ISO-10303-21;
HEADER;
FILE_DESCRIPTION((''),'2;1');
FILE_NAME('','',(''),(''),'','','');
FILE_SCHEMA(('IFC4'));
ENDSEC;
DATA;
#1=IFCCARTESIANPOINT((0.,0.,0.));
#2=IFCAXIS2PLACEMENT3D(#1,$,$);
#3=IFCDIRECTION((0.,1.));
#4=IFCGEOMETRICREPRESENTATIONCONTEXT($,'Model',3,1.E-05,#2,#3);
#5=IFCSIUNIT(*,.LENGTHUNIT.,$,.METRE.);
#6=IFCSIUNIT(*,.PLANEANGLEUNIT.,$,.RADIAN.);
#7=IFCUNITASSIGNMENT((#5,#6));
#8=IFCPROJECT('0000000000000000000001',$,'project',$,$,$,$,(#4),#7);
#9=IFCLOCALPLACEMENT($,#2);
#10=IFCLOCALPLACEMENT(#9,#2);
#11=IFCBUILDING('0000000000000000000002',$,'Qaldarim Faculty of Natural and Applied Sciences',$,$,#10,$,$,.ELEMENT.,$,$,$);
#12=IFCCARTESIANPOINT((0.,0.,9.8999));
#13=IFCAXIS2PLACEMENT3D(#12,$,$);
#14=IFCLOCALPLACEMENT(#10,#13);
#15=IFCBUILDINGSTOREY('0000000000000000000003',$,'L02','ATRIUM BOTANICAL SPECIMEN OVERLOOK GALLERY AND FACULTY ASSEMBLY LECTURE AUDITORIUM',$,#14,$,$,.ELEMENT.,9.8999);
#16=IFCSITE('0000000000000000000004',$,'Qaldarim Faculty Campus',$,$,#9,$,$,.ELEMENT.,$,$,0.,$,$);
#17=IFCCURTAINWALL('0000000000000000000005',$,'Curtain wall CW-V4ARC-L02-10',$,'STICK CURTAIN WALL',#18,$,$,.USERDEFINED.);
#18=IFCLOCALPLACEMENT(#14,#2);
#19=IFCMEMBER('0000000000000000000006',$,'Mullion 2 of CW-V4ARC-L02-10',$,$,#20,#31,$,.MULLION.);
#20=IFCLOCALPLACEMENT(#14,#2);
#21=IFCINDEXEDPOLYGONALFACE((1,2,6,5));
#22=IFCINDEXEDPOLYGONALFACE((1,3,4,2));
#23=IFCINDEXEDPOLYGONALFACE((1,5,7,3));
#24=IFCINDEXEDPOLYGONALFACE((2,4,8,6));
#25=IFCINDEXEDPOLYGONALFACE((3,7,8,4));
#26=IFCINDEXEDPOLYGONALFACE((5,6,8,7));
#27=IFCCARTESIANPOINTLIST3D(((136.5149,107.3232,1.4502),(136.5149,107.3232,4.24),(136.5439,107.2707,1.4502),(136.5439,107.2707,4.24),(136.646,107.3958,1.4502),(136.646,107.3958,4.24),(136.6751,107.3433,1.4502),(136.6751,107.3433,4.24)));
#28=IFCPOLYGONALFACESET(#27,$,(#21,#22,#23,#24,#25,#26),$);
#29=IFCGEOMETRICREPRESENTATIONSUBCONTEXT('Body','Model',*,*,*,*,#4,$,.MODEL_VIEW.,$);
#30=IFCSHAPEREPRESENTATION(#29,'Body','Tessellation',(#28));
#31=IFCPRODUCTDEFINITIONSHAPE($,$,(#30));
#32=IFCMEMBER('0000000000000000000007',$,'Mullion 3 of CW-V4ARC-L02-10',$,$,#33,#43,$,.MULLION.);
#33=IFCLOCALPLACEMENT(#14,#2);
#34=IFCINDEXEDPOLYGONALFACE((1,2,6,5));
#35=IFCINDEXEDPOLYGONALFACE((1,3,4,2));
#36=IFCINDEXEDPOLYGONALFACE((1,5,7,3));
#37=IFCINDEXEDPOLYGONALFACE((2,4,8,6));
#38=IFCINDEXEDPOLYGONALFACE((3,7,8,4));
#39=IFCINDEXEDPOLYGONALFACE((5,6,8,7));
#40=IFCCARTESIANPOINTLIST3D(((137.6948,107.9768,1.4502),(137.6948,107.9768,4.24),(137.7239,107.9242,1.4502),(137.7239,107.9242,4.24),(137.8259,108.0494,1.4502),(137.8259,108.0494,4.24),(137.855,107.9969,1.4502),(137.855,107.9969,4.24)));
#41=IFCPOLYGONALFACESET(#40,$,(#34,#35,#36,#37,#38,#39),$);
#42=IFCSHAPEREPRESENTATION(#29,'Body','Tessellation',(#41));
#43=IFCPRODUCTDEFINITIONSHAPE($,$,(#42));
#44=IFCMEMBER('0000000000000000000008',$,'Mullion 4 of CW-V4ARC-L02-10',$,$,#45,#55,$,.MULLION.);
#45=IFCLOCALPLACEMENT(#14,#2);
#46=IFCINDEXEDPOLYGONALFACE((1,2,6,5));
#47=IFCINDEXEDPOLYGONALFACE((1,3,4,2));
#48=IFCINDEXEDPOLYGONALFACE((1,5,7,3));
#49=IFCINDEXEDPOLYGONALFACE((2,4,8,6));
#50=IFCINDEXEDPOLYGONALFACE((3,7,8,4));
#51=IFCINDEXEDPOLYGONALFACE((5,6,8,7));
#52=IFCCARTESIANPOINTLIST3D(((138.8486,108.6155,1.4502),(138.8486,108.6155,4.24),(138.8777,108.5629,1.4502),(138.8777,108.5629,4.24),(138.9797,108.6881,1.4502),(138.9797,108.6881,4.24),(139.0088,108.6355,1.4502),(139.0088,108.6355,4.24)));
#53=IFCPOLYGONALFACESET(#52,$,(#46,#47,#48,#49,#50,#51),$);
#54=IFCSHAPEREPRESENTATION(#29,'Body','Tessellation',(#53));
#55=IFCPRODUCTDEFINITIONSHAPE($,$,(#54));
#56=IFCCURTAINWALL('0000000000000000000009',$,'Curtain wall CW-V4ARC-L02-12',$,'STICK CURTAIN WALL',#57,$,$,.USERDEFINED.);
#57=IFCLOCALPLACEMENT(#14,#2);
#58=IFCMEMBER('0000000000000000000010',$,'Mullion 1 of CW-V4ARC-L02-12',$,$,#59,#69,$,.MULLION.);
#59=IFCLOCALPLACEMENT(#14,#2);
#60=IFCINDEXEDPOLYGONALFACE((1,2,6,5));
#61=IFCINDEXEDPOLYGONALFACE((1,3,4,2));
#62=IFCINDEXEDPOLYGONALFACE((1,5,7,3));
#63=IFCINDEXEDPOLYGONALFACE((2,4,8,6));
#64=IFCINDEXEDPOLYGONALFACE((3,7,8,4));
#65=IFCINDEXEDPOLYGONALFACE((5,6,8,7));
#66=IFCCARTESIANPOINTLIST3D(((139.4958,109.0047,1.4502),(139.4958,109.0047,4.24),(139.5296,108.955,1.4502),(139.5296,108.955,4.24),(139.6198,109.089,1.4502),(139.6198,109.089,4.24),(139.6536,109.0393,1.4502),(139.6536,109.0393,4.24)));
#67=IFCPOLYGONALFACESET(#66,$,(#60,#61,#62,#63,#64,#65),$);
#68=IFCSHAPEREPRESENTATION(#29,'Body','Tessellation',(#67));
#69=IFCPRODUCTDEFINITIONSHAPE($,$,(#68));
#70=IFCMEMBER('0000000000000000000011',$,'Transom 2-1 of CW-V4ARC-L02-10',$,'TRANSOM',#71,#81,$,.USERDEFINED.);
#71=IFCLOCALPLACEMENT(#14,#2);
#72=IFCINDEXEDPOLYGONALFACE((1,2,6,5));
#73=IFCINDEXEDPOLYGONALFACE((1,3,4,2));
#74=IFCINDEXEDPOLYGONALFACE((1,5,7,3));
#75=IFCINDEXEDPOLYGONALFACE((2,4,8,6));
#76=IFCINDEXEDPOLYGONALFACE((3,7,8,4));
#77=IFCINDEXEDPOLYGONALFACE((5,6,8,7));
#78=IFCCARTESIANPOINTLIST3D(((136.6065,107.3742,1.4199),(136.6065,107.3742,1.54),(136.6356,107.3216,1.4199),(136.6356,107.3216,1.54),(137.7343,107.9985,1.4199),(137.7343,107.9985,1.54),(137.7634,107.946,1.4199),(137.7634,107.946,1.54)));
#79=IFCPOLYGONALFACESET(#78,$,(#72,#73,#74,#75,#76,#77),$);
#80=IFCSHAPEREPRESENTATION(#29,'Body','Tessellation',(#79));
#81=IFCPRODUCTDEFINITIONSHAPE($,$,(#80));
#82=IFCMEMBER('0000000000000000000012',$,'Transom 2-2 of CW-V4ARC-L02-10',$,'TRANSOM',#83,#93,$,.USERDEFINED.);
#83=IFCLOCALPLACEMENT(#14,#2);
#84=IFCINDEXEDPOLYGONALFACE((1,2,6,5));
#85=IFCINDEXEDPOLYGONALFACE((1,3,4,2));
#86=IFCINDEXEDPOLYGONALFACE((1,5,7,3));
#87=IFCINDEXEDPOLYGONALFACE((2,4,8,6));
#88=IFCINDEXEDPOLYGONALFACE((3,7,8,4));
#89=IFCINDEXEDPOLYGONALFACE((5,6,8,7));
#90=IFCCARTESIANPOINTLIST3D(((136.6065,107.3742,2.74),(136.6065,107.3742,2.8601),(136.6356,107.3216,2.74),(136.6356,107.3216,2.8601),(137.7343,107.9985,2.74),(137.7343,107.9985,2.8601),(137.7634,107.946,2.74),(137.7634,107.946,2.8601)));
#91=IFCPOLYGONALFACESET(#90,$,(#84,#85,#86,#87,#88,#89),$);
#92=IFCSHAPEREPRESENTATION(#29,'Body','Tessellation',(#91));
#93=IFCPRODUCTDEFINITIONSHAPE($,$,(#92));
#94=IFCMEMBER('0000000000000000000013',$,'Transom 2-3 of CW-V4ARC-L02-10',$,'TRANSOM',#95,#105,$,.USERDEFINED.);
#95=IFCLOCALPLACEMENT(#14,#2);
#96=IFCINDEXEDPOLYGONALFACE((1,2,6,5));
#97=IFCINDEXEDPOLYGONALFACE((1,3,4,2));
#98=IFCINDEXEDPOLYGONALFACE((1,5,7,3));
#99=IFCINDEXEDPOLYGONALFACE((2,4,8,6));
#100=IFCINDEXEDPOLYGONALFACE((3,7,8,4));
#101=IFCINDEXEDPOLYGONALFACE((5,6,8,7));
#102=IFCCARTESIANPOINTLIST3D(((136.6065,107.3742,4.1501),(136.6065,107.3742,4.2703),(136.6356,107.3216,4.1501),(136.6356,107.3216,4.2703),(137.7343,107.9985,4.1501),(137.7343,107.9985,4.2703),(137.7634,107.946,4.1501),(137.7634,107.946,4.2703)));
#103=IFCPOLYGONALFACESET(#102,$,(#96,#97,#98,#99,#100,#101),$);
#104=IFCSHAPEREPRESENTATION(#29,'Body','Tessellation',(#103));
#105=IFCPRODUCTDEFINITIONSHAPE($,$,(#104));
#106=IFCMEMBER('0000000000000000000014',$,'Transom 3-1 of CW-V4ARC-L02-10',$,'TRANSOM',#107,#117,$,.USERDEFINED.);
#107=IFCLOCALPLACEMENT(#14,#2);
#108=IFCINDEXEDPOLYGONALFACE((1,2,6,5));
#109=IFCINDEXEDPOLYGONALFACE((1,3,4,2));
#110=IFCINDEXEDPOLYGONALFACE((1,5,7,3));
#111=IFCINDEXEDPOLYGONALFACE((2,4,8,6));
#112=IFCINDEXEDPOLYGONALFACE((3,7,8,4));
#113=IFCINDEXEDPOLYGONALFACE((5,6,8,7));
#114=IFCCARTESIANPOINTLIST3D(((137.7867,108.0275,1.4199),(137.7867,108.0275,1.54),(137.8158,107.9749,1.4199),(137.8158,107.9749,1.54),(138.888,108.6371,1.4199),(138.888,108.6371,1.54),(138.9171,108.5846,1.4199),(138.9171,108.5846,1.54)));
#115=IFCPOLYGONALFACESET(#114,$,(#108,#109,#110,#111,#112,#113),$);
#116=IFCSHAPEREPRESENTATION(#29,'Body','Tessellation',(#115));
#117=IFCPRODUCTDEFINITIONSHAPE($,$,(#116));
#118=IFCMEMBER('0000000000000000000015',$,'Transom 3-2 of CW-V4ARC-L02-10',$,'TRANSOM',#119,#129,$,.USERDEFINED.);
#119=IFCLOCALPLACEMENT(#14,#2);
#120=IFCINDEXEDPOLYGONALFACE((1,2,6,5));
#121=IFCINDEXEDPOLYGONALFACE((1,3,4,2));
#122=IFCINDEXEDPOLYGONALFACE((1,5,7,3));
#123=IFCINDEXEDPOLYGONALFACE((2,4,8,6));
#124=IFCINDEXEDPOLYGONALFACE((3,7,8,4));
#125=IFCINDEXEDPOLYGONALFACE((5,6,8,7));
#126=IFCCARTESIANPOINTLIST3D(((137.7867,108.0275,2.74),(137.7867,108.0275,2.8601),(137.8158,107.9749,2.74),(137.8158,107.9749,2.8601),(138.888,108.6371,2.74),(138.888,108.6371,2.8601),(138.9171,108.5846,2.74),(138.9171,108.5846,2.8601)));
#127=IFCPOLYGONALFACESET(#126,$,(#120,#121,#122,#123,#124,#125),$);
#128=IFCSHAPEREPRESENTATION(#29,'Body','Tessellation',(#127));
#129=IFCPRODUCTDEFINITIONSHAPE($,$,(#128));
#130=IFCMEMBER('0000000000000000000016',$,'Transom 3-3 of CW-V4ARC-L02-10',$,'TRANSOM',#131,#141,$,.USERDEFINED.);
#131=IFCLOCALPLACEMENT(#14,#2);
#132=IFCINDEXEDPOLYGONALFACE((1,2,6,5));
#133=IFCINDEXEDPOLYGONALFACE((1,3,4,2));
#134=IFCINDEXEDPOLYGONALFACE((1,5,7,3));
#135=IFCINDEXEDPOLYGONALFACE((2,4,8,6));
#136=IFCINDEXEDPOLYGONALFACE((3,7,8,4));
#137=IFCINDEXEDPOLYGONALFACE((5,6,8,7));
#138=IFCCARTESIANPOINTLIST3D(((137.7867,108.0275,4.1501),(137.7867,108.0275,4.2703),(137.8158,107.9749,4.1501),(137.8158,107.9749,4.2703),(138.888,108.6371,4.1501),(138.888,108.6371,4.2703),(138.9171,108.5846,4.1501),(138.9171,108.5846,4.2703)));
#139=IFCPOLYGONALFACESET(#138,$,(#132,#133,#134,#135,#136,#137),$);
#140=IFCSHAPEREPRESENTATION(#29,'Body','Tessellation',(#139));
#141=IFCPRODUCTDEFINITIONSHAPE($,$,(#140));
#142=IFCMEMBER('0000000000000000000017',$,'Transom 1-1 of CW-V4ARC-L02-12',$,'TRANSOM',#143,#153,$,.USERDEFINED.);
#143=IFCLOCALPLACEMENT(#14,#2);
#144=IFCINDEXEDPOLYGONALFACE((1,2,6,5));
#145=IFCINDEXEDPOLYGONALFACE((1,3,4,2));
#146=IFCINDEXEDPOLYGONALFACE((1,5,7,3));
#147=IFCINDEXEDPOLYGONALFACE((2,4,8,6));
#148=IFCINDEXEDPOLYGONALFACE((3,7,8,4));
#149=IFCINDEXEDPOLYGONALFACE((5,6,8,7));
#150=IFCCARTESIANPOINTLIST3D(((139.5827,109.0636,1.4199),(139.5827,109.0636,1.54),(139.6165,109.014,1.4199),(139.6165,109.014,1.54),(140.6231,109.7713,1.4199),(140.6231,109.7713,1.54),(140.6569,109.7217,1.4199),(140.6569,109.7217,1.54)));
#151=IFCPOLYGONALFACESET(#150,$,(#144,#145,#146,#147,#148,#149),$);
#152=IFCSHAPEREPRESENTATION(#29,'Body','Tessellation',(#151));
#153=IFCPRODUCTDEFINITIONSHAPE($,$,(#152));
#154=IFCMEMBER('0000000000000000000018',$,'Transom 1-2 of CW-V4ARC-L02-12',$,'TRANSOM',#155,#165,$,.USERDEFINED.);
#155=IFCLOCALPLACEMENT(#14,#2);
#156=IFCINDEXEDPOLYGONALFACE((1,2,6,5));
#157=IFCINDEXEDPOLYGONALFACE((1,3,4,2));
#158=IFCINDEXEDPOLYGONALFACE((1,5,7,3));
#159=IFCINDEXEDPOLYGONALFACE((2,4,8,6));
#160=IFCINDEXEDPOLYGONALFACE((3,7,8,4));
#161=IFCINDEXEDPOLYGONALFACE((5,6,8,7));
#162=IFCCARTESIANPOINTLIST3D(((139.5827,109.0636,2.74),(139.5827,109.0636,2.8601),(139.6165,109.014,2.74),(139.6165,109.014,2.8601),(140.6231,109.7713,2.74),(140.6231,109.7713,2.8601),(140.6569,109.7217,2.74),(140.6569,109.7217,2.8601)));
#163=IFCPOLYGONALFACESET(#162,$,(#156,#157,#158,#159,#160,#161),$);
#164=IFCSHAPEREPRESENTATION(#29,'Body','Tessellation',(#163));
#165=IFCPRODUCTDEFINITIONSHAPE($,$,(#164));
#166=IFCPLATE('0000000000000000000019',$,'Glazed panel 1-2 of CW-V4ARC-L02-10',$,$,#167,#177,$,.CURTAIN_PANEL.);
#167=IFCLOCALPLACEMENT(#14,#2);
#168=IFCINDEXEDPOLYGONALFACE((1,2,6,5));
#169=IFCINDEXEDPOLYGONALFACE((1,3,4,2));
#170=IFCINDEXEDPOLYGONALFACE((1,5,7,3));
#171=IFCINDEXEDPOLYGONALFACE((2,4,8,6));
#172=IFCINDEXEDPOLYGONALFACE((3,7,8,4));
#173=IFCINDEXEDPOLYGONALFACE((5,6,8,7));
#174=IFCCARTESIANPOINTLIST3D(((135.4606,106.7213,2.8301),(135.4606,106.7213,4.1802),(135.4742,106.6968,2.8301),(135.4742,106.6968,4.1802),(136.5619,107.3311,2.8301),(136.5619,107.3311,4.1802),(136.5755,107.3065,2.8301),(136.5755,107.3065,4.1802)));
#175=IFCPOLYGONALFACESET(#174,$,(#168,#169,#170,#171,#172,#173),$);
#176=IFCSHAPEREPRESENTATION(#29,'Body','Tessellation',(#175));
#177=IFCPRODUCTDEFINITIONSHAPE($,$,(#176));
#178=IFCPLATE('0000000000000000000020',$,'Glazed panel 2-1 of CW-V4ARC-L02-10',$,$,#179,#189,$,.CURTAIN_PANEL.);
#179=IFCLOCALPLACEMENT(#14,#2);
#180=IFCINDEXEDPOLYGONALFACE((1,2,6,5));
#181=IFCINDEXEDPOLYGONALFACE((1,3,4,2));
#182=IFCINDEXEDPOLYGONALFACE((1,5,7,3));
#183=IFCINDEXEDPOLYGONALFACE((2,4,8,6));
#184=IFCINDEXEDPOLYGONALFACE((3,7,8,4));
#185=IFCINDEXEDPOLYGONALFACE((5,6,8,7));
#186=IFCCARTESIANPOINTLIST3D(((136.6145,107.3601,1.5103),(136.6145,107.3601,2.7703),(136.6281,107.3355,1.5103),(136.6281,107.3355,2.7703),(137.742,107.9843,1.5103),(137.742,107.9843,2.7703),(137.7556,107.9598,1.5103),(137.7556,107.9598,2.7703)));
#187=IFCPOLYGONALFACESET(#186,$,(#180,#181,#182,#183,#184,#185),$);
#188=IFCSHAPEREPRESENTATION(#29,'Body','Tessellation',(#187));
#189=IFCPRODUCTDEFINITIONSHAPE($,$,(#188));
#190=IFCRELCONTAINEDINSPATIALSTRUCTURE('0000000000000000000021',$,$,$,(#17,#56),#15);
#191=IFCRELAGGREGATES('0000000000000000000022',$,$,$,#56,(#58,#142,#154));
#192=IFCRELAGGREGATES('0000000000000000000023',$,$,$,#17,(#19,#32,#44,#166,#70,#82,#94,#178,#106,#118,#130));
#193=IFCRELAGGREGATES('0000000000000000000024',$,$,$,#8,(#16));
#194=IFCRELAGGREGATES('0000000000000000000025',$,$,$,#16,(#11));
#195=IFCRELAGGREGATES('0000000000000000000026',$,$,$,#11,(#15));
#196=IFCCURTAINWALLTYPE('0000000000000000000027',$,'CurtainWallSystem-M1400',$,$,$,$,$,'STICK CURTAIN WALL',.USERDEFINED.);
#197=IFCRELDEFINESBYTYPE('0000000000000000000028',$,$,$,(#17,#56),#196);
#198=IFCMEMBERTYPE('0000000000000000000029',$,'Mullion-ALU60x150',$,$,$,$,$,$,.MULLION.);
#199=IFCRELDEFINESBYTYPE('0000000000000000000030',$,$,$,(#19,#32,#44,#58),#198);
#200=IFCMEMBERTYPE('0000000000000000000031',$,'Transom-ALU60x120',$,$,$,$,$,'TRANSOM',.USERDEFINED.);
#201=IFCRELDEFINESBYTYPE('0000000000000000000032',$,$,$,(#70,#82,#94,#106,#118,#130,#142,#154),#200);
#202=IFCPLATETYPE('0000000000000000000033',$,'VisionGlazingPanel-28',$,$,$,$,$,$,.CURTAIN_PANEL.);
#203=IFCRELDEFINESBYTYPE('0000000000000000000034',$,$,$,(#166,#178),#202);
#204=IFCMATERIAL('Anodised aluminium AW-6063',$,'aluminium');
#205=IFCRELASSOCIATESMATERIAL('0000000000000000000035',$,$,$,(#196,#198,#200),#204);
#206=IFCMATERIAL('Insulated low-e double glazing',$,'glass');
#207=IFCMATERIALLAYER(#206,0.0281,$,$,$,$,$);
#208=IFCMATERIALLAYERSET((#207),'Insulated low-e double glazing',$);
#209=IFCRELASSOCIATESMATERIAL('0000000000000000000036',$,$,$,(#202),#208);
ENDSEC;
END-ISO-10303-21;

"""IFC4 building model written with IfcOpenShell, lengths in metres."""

from ifc_helpers import new_model, si_unit, direction, frame, origin, origin_2d, place, context, subcontext, project, spatial, rectangle, extrude, material, layer, layer_set, material_profile, profile_set, type_object, element, aggregate, save


model = new_model("IFC4")

# Units and contexts
model_context = context("Model", 3, precision=1e-05, world=origin(), true_north=direction((0.0, 1.0)))
body_context = subcontext(model_context, "Body", "Model", "MODEL_VIEW")
ifc_project = project(units=[si_unit("LENGTHUNIT", "METRE"), si_unit("PLANEANGLEUNIT", "RADIAN")], contexts=[model_context])

# Site, building, storey
site_placement = place(None, origin())
site = spatial("IfcSite", under=ifc_project, at=site_placement, Name="Qaldarim Faculty Campus", CompositionType="ELEMENT", RefElevation=0.0)
building_placement = place(site_placement, origin())
building = spatial("IfcBuilding", under=site, at=building_placement, Name="Qaldarim Faculty of Natural and Applied Sciences", CompositionType="ELEMENT")
storey_placement = place(building_placement, frame((0.0, 0.0, 9.8999)))
storey = spatial("IfcBuildingStorey", under=building, at=storey_placement, Name="L02", Description="ATRIUM BOTANICAL SPECIMEN OVERLOOK GALLERY AND FACULTY ASSEMBLY LECTURE AUDITORIUM", CompositionType="ELEMENT", Elevation=9.8999)

# Curtain wall, members
ifc_material_1 = material(Name="Anodised aluminium AW-6063", Category="aluminium")
curtain_wall_type = type_object("IfcCurtainWallType", Name="CurtainWallSystem-M1400", ElementType="STICK CURTAIN WALL", PredefinedType="USERDEFINED", material=ifc_material_1)
curtain_wall_1_placement = place(storey_placement, origin())
curtain_wall_1 = element("IfcCurtainWall", 1, at=curtain_wall_1_placement, inside=storey, type_object=curtain_wall_type, Name="Curtain wall CW-V4ARC-L02-10", ObjectType="STICK CURTAIN WALL", PredefinedType="USERDEFINED")
ifc_material_profile_1 = material_profile(ifc_material_1, rectangle(XDim=0.0601, YDim=0.1499, at=origin_2d()), Name="ALU-M60x150")
ifc_profile_set_1 = profile_set([ifc_material_profile_1], Name="Anodised aluminium AW-6063")
member_type_1 = type_object("IfcMemberType", Name="Mullion-ALU60x150", PredefinedType="MULLION", material=ifc_profile_set_1)
member_1_placement = place(storey_placement, frame((136.595, 107.3333, 1.4502), z_axis=(0.0, 0.0, 1.0), x_axis=(-0.484382, 0.874857, 0.0)))
member_1 = element("IfcMember", 2, at=member_1_placement, type_object=member_type_1, Name="Mullion 2 of CW-V4ARC-L02-10", PredefinedType="MULLION", context=body_context, shape_type="SweptSolid", body=[
    extrude(rectangle(XDim=0.0601, YDim=0.1499, at=origin_2d()), origin(), (0.0, 0.0, 1.0), 2.7898),
])
member_2_placement = place(storey_placement, frame((137.7749, 107.9868, 1.4502), z_axis=(0.0, 0.0, 1.0), x_axis=(-0.484382, 0.874857, 0.0)))
member_2 = element("IfcMember", 3, at=member_2_placement, type_object=member_type_1, Name="Mullion 3 of CW-V4ARC-L02-10", PredefinedType="MULLION", context=body_context, shape_type="SweptSolid", body=[
    extrude(rectangle(XDim=0.0601, YDim=0.1499, at=origin_2d()), origin(), (0.0, 0.0, 1.0), 2.7898),
])
member_3_placement = place(storey_placement, frame((138.9287, 108.6255, 1.4502), z_axis=(0.0, 0.0, 1.0), x_axis=(-0.484382, 0.874857, 0.0)))
member_3 = element("IfcMember", 4, at=member_3_placement, type_object=member_type_1, Name="Mullion 4 of CW-V4ARC-L02-10", PredefinedType="MULLION", context=body_context, shape_type="SweptSolid", body=[
    extrude(rectangle(XDim=0.0601, YDim=0.1499, at=origin_2d()), origin(), (0.0, 0.0, 1.0), 2.7898),
])

# Curtain wall, member
curtain_wall_2_placement = place(storey_placement, origin())
curtain_wall_2 = element("IfcCurtainWall", 5, at=curtain_wall_2_placement, inside=storey, type_object=curtain_wall_type, Name="Curtain wall CW-V4ARC-L02-12", ObjectType="STICK CURTAIN WALL", PredefinedType="USERDEFINED")
member_4_placement = place(storey_placement, frame((139.5747, 109.022, 1.4502), z_axis=(0.0, 0.0, 1.0), x_axis=(-0.562372, 0.826884, 0.0)))
member_4 = element("IfcMember", 6, at=member_4_placement, type_object=member_type_1, Name="Mullion 1 of CW-V4ARC-L02-12", PredefinedType="MULLION", context=body_context, shape_type="SweptSolid", body=[
    extrude(rectangle(XDim=0.0601, YDim=0.1499, at=origin_2d()), origin(), (0.0, 0.0, 1.0), 2.7898),
])

# Members
ifc_material_profile_2 = material_profile(ifc_material_1, rectangle(XDim=0.0601, YDim=0.1201, at=origin_2d()), Name="ALU-T60x120")
ifc_profile_set_2 = profile_set([ifc_material_profile_2], Name="Anodised aluminium AW-6063")
member_type_2 = type_object("IfcMemberType", Name="Transom-ALU60x120", ElementType="TRANSOM", PredefinedType="USERDEFINED", material=ifc_profile_set_2)
member_5_placement = place(storey_placement, frame((136.6211, 107.3479, 1.48), z_axis=(0.874889, 0.484324, 0.0), x_axis=(-0.484324, 0.874889, 0.0)))
member_5 = element("IfcMember", 7, at=member_5_placement, type_object=member_type_2, Name="Transom 2-1 of CW-V4ARC-L02-10", ObjectType="TRANSOM", PredefinedType="USERDEFINED", context=body_context, shape_type="SweptSolid", body=[
    extrude(rectangle(XDim=0.0601, YDim=0.1201, at=origin_2d()), origin(), (0.0, 0.0, 1.0), 1.2891),
])
member_6_placement = place(storey_placement, frame((136.6211, 107.3479, 2.8), z_axis=(0.874889, 0.484324, 0.0), x_axis=(-0.484324, 0.874889, 0.0)))
member_6 = element("IfcMember", 8, at=member_6_placement, type_object=member_type_2, Name="Transom 2-2 of CW-V4ARC-L02-10", ObjectType="TRANSOM", PredefinedType="USERDEFINED", context=body_context, shape_type="SweptSolid", body=[
    extrude(rectangle(XDim=0.0601, YDim=0.1201, at=origin_2d()), origin(), (0.0, 0.0, 1.0), 1.2891),
])
member_7_placement = place(storey_placement, frame((136.6211, 107.3479, 4.2102), z_axis=(0.874889, 0.484324, 0.0), x_axis=(-0.484324, 0.874889, 0.0)))
member_7 = element("IfcMember", 9, at=member_7_placement, type_object=member_type_2, Name="Transom 2-3 of CW-V4ARC-L02-10", ObjectType="TRANSOM", PredefinedType="USERDEFINED", context=body_context, shape_type="SweptSolid", body=[
    extrude(rectangle(XDim=0.0601, YDim=0.1201, at=origin_2d()), origin(), (0.0, 0.0, 1.0), 1.2891),
])
member_8_placement = place(storey_placement, frame((137.8013, 108.0012, 1.48), z_axis=(0.874906, 0.484292, 0.0), x_axis=(-0.484292, 0.874906, 0.0)))
member_8 = element("IfcMember", 10, at=member_8_placement, type_object=member_type_2, Name="Transom 3-1 of CW-V4ARC-L02-10", ObjectType="TRANSOM", PredefinedType="USERDEFINED", context=body_context, shape_type="SweptSolid", body=[
    extrude(rectangle(XDim=0.0601, YDim=0.1201, at=origin_2d()), origin(), (0.0, 0.0, 1.0), 1.2588),
])
member_9_placement = place(storey_placement, frame((137.8013, 108.0012, 2.8), z_axis=(0.874906, 0.484292, 0.0), x_axis=(-0.484292, 0.874906, 0.0)))
member_9 = element("IfcMember", 11, at=member_9_placement, type_object=member_type_2, Name="Transom 3-2 of CW-V4ARC-L02-10", ObjectType="TRANSOM", PredefinedType="USERDEFINED", context=body_context, shape_type="SweptSolid", body=[
    extrude(rectangle(XDim=0.0601, YDim=0.1201, at=origin_2d()), origin(), (0.0, 0.0, 1.0), 1.2588),
])
member_10_placement = place(storey_placement, frame((137.8013, 108.0012, 4.2102), z_axis=(0.874906, 0.484292, 0.0), x_axis=(-0.484292, 0.874906, 0.0)))
member_10 = element("IfcMember", 12, at=member_10_placement, type_object=member_type_2, Name="Transom 3-3 of CW-V4ARC-L02-10", ObjectType="TRANSOM", PredefinedType="USERDEFINED", context=body_context, shape_type="SweptSolid", body=[
    extrude(rectangle(XDim=0.0601, YDim=0.1201, at=origin_2d()), origin(), (0.0, 0.0, 1.0), 1.2588),
])
member_11_placement = place(storey_placement, frame((139.5996, 109.0388, 1.48), z_axis=(0.826851, 0.562421, 0.0), x_axis=(-0.562421, 0.826851, 0.0)))
member_11 = element("IfcMember", 13, at=member_11_placement, type_object=member_type_2, Name="Transom 1-1 of CW-V4ARC-L02-12", ObjectType="TRANSOM", PredefinedType="USERDEFINED", context=body_context, shape_type="SweptSolid", body=[
    extrude(rectangle(XDim=0.0601, YDim=0.1201, at=origin_2d()), origin(), (0.0, 0.0, 1.0), 1.2583),
])
member_12_placement = place(storey_placement, frame((139.5996, 109.0388, 2.8), z_axis=(0.826851, 0.562421, 0.0), x_axis=(-0.562421, 0.826851, 0.0)))
member_12 = element("IfcMember", 14, at=member_12_placement, type_object=member_type_2, Name="Transom 1-2 of CW-V4ARC-L02-12", ObjectType="TRANSOM", PredefinedType="USERDEFINED", context=body_context, shape_type="SweptSolid", body=[
    extrude(rectangle(XDim=0.0601, YDim=0.1201, at=origin_2d()), origin(), (0.0, 0.0, 1.0), 1.2583),
])
aggregate(curtain_wall_2, [member_4, member_11, member_12])

# Plates
ifc_material_2 = material(Name="Insulated low-e double glazing", Category="glass")
ifc_layer_1 = layer(ifc_material_2, 0.0281)
ifc_layer_set_1 = layer_set([ifc_layer_1], Name="Insulated low-e double glazing")
plate_type = type_object("IfcPlateType", Name="VisionGlazingPanel-28", PredefinedType="CURTAIN_PANEL", material=ifc_layer_set_1)
plate_1_placement = place(storey_placement, frame((136.0181, 107.0139, 2.8301), z_axis=(0.0, 0.0, 1.0), x_axis=(0.874857, 0.484382, 0.0)))
plate_1 = element("IfcPlate", 15, at=plate_1_placement, type_object=plate_type, Name="Glazed panel 1-2 of CW-V4ARC-L02-10", PredefinedType="CURTAIN_PANEL", context=body_context, shape_type="SweptSolid", body=[
    extrude(rectangle(XDim=1.2588, YDim=0.0281, at=origin_2d()), origin(), (0.0, 0.0, 1.0), 1.3501),
])
plate_2_placement = place(storey_placement, frame((137.1851, 107.6599, 1.5103), z_axis=(0.0, 0.0, 1.0), x_axis=(0.874857, 0.484382, 0.0)))
plate_2 = element("IfcPlate", 16, at=plate_2_placement, type_object=plate_type, Name="Glazed panel 2-1 of CW-V4ARC-L02-10", PredefinedType="CURTAIN_PANEL", context=body_context, shape_type="SweptSolid", body=[
    extrude(rectangle(XDim=1.2888, YDim=0.0281, at=origin_2d()), origin(), (0.0, 0.0, 1.0), 1.26),
])
aggregate(curtain_wall_1, [member_1, member_2, member_3, plate_1, member_5, member_6, member_7, plate_2, member_8, member_9, member_10])

save(model, "model.ifc")
